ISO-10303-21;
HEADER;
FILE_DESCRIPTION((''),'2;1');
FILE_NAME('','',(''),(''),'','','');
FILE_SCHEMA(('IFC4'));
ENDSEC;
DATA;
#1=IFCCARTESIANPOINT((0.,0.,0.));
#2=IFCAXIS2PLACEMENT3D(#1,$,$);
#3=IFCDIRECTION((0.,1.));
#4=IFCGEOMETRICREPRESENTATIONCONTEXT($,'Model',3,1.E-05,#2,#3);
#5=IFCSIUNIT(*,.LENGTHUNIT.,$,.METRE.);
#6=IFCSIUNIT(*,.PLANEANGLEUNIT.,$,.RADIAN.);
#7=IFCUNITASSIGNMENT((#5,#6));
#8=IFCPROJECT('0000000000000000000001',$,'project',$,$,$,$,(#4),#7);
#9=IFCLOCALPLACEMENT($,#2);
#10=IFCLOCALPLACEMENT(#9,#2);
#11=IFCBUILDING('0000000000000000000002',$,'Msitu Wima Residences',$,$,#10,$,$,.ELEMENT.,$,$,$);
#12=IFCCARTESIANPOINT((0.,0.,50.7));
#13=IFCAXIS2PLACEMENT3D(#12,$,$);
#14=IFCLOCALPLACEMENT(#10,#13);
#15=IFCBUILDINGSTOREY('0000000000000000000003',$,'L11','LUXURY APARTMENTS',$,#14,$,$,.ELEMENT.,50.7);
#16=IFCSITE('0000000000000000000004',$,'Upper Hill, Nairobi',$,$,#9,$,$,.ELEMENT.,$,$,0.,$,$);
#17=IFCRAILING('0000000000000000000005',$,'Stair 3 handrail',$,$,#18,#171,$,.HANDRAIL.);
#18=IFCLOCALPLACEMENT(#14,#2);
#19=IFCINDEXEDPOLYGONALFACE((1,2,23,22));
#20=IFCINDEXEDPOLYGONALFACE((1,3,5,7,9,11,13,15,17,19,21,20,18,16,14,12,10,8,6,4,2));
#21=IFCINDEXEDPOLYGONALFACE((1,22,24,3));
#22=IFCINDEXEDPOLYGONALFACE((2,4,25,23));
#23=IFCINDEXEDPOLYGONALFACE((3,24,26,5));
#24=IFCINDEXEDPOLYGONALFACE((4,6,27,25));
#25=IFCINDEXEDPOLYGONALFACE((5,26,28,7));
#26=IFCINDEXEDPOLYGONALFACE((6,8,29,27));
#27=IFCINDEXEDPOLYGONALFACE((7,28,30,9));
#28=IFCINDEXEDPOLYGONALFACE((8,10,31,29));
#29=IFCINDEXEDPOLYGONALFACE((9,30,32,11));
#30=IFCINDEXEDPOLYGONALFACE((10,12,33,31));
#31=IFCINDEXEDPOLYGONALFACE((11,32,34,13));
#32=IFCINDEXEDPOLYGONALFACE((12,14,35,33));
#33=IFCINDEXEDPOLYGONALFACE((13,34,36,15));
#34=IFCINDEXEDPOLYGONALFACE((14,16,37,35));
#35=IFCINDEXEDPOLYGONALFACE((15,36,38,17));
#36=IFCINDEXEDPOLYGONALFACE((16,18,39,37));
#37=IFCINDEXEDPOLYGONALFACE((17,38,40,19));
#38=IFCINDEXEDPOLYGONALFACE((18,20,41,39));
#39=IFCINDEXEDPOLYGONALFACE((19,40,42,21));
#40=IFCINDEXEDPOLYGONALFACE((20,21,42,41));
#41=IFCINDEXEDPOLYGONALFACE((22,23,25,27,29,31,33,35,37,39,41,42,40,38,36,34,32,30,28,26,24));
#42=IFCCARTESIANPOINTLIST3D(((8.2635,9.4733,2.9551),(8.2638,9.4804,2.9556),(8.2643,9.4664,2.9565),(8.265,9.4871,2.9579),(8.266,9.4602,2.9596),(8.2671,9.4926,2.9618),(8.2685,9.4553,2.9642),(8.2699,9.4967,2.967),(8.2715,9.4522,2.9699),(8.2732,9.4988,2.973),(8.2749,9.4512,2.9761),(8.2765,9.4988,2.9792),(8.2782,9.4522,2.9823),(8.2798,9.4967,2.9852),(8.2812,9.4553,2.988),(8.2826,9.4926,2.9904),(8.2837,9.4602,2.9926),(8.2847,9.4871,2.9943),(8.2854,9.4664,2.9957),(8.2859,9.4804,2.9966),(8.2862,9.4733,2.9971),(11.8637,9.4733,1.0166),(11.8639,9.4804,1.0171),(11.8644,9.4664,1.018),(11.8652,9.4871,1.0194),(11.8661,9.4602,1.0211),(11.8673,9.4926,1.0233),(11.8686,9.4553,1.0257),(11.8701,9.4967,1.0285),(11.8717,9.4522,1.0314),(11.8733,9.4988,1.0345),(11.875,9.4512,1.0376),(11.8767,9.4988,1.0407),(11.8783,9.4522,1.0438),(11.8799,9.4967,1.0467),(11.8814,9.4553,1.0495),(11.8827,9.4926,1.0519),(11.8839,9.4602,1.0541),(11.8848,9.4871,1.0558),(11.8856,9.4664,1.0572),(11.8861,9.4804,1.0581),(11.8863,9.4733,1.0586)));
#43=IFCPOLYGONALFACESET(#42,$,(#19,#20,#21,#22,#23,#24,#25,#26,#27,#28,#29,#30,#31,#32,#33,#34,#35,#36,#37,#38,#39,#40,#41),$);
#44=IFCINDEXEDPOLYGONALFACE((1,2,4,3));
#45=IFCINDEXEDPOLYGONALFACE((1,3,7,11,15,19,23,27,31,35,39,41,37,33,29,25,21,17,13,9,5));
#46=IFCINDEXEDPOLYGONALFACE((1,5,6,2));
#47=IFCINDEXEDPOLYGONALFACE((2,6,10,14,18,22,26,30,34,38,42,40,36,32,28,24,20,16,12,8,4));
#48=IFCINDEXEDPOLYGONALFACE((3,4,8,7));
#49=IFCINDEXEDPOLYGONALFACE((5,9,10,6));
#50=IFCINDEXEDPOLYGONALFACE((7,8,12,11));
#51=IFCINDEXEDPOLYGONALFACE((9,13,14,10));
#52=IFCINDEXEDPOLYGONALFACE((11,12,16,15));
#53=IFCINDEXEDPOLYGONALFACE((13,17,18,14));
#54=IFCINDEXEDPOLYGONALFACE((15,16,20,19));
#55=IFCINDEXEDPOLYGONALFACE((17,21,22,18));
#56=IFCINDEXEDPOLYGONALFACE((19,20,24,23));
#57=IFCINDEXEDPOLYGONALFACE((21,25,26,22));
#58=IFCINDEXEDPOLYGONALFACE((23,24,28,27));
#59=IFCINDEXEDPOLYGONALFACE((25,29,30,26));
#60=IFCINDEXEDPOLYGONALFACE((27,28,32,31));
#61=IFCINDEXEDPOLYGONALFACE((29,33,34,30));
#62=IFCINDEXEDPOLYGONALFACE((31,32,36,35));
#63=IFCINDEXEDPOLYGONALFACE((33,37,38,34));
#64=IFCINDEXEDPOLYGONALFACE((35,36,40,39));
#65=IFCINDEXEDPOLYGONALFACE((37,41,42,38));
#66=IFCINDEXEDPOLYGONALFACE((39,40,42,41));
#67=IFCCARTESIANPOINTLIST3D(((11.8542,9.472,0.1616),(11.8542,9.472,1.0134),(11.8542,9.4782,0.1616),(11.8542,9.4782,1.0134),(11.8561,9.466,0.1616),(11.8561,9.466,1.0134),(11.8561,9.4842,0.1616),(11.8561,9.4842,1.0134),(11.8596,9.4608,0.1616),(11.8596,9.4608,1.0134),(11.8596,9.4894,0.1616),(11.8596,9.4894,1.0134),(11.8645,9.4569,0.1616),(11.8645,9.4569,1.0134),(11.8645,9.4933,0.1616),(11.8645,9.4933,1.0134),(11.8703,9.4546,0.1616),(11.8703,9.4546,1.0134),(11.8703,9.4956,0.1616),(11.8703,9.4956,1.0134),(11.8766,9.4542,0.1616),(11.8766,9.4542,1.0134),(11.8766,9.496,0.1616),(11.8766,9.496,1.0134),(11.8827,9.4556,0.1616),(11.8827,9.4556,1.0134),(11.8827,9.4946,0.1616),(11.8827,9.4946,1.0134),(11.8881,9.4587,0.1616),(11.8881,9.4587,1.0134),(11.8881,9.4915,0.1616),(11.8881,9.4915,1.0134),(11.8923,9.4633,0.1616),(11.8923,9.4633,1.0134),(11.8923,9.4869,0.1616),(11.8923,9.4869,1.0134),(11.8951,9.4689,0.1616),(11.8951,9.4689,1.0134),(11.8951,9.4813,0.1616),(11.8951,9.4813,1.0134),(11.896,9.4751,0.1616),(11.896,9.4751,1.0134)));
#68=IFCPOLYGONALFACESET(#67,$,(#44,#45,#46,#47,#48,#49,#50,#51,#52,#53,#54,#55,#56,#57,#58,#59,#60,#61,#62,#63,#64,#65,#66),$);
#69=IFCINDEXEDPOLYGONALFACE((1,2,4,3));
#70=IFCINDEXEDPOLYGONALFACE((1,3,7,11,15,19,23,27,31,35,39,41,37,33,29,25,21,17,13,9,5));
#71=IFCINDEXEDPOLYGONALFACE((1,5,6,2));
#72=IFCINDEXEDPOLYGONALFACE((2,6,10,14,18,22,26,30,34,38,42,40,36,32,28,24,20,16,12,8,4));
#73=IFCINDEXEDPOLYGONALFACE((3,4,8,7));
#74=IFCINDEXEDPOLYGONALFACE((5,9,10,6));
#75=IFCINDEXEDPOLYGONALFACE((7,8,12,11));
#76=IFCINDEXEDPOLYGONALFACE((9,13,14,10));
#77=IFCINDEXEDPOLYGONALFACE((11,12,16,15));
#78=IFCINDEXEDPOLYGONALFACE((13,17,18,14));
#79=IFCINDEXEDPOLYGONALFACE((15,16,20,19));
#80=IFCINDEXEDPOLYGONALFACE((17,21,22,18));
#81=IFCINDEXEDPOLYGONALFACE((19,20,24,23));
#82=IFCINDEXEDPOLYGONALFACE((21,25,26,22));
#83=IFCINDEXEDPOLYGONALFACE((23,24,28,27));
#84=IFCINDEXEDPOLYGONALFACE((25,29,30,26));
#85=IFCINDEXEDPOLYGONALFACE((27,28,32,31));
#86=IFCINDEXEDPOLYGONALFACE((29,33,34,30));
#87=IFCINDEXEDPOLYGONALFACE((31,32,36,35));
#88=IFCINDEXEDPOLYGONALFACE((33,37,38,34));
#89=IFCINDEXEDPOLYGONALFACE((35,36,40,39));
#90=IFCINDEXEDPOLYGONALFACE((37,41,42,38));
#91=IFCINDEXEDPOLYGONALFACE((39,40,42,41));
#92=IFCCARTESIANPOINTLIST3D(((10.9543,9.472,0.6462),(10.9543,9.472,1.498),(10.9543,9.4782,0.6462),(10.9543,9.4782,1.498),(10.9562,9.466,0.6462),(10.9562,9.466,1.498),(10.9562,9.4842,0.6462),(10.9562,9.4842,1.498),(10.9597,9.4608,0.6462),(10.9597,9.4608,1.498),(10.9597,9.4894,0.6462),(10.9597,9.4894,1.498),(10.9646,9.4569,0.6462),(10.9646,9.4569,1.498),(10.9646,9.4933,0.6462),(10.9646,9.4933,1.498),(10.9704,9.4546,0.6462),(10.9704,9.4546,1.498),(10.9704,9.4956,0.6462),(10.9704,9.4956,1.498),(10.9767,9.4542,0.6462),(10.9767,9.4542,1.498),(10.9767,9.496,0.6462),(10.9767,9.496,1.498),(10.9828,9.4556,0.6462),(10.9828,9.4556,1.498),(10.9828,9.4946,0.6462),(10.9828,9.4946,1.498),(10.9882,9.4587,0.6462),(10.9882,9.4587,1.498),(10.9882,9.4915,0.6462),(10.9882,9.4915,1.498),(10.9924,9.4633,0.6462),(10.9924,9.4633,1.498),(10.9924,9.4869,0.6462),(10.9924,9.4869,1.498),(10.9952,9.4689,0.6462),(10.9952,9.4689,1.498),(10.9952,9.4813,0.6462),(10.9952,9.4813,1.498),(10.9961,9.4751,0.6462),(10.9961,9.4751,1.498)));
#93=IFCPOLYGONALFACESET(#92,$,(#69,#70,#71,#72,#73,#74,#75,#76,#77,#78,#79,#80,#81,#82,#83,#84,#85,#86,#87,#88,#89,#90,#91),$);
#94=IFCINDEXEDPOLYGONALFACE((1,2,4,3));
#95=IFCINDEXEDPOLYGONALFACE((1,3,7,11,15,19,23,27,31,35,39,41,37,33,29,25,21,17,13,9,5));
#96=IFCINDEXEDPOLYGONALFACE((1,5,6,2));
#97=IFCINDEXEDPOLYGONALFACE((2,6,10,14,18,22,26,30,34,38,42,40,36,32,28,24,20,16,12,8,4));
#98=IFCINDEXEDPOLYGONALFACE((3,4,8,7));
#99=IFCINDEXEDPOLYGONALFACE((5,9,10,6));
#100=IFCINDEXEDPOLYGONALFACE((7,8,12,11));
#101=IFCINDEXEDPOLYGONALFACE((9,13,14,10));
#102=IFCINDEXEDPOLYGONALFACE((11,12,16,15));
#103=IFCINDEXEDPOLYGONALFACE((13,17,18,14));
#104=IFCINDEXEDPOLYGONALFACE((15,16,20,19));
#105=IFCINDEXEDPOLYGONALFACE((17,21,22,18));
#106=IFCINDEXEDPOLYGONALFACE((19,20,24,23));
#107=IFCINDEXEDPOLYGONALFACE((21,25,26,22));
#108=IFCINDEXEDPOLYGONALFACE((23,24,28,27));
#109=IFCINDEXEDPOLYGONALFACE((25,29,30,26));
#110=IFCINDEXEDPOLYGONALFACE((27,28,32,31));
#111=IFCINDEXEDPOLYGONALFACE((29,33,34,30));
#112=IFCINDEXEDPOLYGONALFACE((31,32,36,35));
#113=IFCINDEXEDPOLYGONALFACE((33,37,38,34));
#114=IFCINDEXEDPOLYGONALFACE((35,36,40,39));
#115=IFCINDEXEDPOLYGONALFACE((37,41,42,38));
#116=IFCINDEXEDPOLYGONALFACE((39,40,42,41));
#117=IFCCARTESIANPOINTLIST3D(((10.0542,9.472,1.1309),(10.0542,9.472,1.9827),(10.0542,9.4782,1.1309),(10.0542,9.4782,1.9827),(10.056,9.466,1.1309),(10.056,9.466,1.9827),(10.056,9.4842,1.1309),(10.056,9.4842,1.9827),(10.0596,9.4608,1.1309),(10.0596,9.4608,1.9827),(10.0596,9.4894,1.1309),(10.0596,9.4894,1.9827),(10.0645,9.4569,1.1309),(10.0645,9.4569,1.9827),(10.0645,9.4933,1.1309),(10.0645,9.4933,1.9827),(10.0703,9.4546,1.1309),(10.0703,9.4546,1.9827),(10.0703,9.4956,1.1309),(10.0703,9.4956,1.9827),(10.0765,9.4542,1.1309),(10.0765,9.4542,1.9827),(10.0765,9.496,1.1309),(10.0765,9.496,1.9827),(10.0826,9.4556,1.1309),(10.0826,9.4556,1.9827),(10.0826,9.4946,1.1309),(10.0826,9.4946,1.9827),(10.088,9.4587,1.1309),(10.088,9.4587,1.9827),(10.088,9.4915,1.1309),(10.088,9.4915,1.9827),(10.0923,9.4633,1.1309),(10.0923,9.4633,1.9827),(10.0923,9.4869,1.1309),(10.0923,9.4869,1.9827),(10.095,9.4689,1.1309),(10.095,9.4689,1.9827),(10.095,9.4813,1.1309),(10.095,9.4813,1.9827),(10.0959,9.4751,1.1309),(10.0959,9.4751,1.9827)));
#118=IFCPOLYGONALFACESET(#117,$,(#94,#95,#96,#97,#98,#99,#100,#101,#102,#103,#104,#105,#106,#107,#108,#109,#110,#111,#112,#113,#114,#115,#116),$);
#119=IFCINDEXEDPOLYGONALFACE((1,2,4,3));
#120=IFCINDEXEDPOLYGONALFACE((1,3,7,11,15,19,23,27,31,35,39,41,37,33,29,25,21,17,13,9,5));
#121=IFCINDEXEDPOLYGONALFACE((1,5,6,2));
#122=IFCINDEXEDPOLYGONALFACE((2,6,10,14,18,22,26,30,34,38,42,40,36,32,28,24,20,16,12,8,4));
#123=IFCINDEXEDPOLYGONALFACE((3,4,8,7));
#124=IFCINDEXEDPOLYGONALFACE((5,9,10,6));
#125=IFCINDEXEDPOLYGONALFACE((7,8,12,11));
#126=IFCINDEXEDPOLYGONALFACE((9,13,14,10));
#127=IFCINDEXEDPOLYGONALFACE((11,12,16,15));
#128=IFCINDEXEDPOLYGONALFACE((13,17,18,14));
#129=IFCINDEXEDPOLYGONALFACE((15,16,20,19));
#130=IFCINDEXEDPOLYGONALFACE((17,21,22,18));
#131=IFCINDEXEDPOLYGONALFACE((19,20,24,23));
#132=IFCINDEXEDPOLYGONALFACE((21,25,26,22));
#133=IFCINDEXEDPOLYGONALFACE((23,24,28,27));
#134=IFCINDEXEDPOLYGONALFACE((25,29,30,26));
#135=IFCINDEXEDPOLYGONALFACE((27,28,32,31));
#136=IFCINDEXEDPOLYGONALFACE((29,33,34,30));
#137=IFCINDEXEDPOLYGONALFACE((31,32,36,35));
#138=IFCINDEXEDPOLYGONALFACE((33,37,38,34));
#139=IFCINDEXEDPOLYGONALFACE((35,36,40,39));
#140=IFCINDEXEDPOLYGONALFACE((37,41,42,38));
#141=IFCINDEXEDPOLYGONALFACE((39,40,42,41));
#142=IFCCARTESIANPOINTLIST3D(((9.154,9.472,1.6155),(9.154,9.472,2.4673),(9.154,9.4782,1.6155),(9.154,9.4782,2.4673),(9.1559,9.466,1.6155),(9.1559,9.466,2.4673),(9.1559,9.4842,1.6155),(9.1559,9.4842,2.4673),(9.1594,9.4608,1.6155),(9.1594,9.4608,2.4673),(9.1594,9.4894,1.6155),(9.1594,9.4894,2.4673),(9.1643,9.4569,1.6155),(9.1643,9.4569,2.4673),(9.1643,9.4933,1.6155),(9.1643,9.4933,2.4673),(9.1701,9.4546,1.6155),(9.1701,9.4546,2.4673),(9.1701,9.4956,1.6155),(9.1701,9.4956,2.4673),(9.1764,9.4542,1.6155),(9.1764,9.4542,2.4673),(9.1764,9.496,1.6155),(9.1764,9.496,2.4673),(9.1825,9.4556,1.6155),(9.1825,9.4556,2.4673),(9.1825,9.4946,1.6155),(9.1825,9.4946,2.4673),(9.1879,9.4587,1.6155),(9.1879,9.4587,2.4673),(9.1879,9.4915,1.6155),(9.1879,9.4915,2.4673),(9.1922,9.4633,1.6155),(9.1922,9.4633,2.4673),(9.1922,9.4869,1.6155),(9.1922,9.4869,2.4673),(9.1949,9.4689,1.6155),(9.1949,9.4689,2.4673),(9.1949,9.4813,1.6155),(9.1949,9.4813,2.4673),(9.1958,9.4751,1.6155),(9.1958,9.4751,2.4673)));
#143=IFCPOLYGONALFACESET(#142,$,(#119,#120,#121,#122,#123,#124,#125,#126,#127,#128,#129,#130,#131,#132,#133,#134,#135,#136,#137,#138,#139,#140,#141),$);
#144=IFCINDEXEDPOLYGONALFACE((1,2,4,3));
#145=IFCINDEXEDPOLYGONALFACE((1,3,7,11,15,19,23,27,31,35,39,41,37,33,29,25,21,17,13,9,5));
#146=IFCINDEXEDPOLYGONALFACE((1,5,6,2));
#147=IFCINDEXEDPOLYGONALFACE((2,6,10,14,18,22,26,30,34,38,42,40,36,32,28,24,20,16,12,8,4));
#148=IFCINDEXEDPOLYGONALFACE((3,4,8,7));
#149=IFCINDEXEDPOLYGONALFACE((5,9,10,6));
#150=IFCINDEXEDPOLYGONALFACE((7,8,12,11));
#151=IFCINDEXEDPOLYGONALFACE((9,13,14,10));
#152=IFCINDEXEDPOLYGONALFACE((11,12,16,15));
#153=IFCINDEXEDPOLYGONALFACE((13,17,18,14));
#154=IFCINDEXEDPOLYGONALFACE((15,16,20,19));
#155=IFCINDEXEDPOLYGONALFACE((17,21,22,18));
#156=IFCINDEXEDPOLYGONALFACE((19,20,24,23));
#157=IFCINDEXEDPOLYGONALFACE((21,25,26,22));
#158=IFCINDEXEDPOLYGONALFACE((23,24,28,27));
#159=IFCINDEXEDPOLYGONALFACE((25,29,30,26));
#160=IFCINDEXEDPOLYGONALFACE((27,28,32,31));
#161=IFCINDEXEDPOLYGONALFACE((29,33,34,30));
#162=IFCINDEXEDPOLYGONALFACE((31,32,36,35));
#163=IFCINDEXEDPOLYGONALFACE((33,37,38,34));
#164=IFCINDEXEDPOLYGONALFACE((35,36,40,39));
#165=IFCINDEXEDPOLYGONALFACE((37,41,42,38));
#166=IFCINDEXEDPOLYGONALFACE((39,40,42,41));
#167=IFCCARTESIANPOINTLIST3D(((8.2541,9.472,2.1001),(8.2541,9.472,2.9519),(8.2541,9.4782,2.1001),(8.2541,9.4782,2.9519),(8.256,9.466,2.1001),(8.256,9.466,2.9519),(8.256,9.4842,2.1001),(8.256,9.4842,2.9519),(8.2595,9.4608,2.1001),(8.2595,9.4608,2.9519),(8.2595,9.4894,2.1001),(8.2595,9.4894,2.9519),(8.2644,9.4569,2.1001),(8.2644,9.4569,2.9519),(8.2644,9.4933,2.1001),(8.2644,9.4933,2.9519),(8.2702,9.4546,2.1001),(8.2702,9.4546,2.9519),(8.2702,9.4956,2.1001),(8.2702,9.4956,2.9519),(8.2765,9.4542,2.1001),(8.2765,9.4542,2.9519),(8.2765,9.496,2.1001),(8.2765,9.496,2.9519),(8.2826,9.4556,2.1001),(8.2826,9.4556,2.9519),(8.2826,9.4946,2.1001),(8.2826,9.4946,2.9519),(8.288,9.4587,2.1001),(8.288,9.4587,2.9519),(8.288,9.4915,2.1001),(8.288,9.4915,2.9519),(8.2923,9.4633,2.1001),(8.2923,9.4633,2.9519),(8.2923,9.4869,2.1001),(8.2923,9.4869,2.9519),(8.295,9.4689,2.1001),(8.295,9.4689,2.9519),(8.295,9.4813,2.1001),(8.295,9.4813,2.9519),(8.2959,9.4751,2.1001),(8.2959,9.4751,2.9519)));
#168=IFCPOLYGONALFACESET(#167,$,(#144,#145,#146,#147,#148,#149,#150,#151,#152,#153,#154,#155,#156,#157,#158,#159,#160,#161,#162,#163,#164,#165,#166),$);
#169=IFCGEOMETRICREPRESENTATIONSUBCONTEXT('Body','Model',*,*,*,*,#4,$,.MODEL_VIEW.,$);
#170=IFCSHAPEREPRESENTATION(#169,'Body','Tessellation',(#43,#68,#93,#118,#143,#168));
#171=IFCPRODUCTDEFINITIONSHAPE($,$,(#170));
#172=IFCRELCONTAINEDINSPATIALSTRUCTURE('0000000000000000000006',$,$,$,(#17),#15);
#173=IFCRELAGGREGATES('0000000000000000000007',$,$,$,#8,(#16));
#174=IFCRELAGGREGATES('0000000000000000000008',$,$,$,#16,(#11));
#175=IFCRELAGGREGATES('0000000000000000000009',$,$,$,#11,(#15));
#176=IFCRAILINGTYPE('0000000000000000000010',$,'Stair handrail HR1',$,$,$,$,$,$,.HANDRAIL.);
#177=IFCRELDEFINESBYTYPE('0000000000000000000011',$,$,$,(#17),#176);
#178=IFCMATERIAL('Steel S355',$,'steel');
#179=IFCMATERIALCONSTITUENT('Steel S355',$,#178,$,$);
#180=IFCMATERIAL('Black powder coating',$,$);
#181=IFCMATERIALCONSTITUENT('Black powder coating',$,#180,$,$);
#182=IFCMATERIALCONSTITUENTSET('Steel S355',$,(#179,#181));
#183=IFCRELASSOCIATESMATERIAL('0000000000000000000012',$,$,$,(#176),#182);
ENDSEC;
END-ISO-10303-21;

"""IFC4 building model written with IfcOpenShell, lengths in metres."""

from ifc_helpers import new_model, si_unit, direction, frame, origin, origin_2d, place, context, subcontext, project, spatial, circle, extrude, material, constituent, constituent_set, type_object, element, save


model = new_model("IFC4")

# Units and contexts
model_context = context("Model", 3, precision=1e-05, world=origin(), true_north=direction((0.0, 1.0)))
body_context = subcontext(model_context, "Body", "Model", "MODEL_VIEW")
ifc_project = project(units=[si_unit("LENGTHUNIT", "METRE"), si_unit("PLANEANGLEUNIT", "RADIAN")], contexts=[model_context])

# Site, building, storey
site_placement = place(None, origin())
site = spatial("IfcSite", under=ifc_project, at=site_placement, Name="Upper Hill, Nairobi", CompositionType="ELEMENT", RefElevation=0.0)
building_placement = place(site_placement, origin())
building = spatial("IfcBuilding", under=site, at=building_placement, Name="Msitu Wima Residences", CompositionType="ELEMENT")
storey_placement = place(building_placement, frame((0.0, 0.0, 50.7)))
storey = spatial("IfcBuildingStorey", under=building, at=storey_placement, Name="L11", Description="LUXURY APARTMENTS", CompositionType="ELEMENT", Elevation=50.7)

# Railing
ifc_material_1 = material(Name="Steel S355", Category="steel")
ifc_constituent_1 = constituent(ifc_material_1, Name="Steel S355")
ifc_material_2 = material(Name="Black powder coating")
ifc_constituent_2 = constituent(ifc_material_2, Name="Black powder coating")
ifc_constituent_set = constituent_set(constituents=[ifc_constituent_1, ifc_constituent_2], Name="Steel S355")
railing_type = type_object("IfcRailingType", Name="Stair handrail HR1", PredefinedType="HANDRAIL", material=ifc_constituent_set)
for number, where, name in (
    (1, (11.875, 9.4751, 0.1616), "Stair 3 handrail"),
):
    element("IfcRailing", number, at=place(storey_placement, frame(where)), inside=storey, type_object=railing_type, Name=name, PredefinedType="HANDRAIL", context=body_context, shape_type="SweptSolid", body=[
        extrude(circle(Radius=0.0239, at=origin_2d()), frame((0.0, 0.0, 0.876), z_axis=(-0.880475, 0.0, 0.474093), x_axis=(0.0, -1.0, 0.0)), (0.0, 0.0, 1.0), 4.0889),
        extrude(circle(Radius=0.021, at=origin_2d()), origin(), (0.0, 0.0, 1.0), 0.8518),
        extrude(circle(Radius=0.021, at=origin_2d()), frame((-0.8999, 0.0, 0.4846)), (0.0, 0.0, 1.0), 0.8518),
        extrude(circle(Radius=0.021, at=origin_2d()), frame((-1.8, 0.0, 0.9692)), (0.0, 0.0, 1.0), 0.8518),
        extrude(circle(Radius=0.021, at=origin_2d()), frame((-2.7002, 0.0, 1.4539)), (0.0, 0.0, 1.0), 0.8518),
        extrude(circle(Radius=0.021, at=origin_2d()), frame((-3.6001, 0.0, 1.9385)), (0.0, 0.0, 1.0), 0.8518),
    ])

save(model, "model.ifc")
